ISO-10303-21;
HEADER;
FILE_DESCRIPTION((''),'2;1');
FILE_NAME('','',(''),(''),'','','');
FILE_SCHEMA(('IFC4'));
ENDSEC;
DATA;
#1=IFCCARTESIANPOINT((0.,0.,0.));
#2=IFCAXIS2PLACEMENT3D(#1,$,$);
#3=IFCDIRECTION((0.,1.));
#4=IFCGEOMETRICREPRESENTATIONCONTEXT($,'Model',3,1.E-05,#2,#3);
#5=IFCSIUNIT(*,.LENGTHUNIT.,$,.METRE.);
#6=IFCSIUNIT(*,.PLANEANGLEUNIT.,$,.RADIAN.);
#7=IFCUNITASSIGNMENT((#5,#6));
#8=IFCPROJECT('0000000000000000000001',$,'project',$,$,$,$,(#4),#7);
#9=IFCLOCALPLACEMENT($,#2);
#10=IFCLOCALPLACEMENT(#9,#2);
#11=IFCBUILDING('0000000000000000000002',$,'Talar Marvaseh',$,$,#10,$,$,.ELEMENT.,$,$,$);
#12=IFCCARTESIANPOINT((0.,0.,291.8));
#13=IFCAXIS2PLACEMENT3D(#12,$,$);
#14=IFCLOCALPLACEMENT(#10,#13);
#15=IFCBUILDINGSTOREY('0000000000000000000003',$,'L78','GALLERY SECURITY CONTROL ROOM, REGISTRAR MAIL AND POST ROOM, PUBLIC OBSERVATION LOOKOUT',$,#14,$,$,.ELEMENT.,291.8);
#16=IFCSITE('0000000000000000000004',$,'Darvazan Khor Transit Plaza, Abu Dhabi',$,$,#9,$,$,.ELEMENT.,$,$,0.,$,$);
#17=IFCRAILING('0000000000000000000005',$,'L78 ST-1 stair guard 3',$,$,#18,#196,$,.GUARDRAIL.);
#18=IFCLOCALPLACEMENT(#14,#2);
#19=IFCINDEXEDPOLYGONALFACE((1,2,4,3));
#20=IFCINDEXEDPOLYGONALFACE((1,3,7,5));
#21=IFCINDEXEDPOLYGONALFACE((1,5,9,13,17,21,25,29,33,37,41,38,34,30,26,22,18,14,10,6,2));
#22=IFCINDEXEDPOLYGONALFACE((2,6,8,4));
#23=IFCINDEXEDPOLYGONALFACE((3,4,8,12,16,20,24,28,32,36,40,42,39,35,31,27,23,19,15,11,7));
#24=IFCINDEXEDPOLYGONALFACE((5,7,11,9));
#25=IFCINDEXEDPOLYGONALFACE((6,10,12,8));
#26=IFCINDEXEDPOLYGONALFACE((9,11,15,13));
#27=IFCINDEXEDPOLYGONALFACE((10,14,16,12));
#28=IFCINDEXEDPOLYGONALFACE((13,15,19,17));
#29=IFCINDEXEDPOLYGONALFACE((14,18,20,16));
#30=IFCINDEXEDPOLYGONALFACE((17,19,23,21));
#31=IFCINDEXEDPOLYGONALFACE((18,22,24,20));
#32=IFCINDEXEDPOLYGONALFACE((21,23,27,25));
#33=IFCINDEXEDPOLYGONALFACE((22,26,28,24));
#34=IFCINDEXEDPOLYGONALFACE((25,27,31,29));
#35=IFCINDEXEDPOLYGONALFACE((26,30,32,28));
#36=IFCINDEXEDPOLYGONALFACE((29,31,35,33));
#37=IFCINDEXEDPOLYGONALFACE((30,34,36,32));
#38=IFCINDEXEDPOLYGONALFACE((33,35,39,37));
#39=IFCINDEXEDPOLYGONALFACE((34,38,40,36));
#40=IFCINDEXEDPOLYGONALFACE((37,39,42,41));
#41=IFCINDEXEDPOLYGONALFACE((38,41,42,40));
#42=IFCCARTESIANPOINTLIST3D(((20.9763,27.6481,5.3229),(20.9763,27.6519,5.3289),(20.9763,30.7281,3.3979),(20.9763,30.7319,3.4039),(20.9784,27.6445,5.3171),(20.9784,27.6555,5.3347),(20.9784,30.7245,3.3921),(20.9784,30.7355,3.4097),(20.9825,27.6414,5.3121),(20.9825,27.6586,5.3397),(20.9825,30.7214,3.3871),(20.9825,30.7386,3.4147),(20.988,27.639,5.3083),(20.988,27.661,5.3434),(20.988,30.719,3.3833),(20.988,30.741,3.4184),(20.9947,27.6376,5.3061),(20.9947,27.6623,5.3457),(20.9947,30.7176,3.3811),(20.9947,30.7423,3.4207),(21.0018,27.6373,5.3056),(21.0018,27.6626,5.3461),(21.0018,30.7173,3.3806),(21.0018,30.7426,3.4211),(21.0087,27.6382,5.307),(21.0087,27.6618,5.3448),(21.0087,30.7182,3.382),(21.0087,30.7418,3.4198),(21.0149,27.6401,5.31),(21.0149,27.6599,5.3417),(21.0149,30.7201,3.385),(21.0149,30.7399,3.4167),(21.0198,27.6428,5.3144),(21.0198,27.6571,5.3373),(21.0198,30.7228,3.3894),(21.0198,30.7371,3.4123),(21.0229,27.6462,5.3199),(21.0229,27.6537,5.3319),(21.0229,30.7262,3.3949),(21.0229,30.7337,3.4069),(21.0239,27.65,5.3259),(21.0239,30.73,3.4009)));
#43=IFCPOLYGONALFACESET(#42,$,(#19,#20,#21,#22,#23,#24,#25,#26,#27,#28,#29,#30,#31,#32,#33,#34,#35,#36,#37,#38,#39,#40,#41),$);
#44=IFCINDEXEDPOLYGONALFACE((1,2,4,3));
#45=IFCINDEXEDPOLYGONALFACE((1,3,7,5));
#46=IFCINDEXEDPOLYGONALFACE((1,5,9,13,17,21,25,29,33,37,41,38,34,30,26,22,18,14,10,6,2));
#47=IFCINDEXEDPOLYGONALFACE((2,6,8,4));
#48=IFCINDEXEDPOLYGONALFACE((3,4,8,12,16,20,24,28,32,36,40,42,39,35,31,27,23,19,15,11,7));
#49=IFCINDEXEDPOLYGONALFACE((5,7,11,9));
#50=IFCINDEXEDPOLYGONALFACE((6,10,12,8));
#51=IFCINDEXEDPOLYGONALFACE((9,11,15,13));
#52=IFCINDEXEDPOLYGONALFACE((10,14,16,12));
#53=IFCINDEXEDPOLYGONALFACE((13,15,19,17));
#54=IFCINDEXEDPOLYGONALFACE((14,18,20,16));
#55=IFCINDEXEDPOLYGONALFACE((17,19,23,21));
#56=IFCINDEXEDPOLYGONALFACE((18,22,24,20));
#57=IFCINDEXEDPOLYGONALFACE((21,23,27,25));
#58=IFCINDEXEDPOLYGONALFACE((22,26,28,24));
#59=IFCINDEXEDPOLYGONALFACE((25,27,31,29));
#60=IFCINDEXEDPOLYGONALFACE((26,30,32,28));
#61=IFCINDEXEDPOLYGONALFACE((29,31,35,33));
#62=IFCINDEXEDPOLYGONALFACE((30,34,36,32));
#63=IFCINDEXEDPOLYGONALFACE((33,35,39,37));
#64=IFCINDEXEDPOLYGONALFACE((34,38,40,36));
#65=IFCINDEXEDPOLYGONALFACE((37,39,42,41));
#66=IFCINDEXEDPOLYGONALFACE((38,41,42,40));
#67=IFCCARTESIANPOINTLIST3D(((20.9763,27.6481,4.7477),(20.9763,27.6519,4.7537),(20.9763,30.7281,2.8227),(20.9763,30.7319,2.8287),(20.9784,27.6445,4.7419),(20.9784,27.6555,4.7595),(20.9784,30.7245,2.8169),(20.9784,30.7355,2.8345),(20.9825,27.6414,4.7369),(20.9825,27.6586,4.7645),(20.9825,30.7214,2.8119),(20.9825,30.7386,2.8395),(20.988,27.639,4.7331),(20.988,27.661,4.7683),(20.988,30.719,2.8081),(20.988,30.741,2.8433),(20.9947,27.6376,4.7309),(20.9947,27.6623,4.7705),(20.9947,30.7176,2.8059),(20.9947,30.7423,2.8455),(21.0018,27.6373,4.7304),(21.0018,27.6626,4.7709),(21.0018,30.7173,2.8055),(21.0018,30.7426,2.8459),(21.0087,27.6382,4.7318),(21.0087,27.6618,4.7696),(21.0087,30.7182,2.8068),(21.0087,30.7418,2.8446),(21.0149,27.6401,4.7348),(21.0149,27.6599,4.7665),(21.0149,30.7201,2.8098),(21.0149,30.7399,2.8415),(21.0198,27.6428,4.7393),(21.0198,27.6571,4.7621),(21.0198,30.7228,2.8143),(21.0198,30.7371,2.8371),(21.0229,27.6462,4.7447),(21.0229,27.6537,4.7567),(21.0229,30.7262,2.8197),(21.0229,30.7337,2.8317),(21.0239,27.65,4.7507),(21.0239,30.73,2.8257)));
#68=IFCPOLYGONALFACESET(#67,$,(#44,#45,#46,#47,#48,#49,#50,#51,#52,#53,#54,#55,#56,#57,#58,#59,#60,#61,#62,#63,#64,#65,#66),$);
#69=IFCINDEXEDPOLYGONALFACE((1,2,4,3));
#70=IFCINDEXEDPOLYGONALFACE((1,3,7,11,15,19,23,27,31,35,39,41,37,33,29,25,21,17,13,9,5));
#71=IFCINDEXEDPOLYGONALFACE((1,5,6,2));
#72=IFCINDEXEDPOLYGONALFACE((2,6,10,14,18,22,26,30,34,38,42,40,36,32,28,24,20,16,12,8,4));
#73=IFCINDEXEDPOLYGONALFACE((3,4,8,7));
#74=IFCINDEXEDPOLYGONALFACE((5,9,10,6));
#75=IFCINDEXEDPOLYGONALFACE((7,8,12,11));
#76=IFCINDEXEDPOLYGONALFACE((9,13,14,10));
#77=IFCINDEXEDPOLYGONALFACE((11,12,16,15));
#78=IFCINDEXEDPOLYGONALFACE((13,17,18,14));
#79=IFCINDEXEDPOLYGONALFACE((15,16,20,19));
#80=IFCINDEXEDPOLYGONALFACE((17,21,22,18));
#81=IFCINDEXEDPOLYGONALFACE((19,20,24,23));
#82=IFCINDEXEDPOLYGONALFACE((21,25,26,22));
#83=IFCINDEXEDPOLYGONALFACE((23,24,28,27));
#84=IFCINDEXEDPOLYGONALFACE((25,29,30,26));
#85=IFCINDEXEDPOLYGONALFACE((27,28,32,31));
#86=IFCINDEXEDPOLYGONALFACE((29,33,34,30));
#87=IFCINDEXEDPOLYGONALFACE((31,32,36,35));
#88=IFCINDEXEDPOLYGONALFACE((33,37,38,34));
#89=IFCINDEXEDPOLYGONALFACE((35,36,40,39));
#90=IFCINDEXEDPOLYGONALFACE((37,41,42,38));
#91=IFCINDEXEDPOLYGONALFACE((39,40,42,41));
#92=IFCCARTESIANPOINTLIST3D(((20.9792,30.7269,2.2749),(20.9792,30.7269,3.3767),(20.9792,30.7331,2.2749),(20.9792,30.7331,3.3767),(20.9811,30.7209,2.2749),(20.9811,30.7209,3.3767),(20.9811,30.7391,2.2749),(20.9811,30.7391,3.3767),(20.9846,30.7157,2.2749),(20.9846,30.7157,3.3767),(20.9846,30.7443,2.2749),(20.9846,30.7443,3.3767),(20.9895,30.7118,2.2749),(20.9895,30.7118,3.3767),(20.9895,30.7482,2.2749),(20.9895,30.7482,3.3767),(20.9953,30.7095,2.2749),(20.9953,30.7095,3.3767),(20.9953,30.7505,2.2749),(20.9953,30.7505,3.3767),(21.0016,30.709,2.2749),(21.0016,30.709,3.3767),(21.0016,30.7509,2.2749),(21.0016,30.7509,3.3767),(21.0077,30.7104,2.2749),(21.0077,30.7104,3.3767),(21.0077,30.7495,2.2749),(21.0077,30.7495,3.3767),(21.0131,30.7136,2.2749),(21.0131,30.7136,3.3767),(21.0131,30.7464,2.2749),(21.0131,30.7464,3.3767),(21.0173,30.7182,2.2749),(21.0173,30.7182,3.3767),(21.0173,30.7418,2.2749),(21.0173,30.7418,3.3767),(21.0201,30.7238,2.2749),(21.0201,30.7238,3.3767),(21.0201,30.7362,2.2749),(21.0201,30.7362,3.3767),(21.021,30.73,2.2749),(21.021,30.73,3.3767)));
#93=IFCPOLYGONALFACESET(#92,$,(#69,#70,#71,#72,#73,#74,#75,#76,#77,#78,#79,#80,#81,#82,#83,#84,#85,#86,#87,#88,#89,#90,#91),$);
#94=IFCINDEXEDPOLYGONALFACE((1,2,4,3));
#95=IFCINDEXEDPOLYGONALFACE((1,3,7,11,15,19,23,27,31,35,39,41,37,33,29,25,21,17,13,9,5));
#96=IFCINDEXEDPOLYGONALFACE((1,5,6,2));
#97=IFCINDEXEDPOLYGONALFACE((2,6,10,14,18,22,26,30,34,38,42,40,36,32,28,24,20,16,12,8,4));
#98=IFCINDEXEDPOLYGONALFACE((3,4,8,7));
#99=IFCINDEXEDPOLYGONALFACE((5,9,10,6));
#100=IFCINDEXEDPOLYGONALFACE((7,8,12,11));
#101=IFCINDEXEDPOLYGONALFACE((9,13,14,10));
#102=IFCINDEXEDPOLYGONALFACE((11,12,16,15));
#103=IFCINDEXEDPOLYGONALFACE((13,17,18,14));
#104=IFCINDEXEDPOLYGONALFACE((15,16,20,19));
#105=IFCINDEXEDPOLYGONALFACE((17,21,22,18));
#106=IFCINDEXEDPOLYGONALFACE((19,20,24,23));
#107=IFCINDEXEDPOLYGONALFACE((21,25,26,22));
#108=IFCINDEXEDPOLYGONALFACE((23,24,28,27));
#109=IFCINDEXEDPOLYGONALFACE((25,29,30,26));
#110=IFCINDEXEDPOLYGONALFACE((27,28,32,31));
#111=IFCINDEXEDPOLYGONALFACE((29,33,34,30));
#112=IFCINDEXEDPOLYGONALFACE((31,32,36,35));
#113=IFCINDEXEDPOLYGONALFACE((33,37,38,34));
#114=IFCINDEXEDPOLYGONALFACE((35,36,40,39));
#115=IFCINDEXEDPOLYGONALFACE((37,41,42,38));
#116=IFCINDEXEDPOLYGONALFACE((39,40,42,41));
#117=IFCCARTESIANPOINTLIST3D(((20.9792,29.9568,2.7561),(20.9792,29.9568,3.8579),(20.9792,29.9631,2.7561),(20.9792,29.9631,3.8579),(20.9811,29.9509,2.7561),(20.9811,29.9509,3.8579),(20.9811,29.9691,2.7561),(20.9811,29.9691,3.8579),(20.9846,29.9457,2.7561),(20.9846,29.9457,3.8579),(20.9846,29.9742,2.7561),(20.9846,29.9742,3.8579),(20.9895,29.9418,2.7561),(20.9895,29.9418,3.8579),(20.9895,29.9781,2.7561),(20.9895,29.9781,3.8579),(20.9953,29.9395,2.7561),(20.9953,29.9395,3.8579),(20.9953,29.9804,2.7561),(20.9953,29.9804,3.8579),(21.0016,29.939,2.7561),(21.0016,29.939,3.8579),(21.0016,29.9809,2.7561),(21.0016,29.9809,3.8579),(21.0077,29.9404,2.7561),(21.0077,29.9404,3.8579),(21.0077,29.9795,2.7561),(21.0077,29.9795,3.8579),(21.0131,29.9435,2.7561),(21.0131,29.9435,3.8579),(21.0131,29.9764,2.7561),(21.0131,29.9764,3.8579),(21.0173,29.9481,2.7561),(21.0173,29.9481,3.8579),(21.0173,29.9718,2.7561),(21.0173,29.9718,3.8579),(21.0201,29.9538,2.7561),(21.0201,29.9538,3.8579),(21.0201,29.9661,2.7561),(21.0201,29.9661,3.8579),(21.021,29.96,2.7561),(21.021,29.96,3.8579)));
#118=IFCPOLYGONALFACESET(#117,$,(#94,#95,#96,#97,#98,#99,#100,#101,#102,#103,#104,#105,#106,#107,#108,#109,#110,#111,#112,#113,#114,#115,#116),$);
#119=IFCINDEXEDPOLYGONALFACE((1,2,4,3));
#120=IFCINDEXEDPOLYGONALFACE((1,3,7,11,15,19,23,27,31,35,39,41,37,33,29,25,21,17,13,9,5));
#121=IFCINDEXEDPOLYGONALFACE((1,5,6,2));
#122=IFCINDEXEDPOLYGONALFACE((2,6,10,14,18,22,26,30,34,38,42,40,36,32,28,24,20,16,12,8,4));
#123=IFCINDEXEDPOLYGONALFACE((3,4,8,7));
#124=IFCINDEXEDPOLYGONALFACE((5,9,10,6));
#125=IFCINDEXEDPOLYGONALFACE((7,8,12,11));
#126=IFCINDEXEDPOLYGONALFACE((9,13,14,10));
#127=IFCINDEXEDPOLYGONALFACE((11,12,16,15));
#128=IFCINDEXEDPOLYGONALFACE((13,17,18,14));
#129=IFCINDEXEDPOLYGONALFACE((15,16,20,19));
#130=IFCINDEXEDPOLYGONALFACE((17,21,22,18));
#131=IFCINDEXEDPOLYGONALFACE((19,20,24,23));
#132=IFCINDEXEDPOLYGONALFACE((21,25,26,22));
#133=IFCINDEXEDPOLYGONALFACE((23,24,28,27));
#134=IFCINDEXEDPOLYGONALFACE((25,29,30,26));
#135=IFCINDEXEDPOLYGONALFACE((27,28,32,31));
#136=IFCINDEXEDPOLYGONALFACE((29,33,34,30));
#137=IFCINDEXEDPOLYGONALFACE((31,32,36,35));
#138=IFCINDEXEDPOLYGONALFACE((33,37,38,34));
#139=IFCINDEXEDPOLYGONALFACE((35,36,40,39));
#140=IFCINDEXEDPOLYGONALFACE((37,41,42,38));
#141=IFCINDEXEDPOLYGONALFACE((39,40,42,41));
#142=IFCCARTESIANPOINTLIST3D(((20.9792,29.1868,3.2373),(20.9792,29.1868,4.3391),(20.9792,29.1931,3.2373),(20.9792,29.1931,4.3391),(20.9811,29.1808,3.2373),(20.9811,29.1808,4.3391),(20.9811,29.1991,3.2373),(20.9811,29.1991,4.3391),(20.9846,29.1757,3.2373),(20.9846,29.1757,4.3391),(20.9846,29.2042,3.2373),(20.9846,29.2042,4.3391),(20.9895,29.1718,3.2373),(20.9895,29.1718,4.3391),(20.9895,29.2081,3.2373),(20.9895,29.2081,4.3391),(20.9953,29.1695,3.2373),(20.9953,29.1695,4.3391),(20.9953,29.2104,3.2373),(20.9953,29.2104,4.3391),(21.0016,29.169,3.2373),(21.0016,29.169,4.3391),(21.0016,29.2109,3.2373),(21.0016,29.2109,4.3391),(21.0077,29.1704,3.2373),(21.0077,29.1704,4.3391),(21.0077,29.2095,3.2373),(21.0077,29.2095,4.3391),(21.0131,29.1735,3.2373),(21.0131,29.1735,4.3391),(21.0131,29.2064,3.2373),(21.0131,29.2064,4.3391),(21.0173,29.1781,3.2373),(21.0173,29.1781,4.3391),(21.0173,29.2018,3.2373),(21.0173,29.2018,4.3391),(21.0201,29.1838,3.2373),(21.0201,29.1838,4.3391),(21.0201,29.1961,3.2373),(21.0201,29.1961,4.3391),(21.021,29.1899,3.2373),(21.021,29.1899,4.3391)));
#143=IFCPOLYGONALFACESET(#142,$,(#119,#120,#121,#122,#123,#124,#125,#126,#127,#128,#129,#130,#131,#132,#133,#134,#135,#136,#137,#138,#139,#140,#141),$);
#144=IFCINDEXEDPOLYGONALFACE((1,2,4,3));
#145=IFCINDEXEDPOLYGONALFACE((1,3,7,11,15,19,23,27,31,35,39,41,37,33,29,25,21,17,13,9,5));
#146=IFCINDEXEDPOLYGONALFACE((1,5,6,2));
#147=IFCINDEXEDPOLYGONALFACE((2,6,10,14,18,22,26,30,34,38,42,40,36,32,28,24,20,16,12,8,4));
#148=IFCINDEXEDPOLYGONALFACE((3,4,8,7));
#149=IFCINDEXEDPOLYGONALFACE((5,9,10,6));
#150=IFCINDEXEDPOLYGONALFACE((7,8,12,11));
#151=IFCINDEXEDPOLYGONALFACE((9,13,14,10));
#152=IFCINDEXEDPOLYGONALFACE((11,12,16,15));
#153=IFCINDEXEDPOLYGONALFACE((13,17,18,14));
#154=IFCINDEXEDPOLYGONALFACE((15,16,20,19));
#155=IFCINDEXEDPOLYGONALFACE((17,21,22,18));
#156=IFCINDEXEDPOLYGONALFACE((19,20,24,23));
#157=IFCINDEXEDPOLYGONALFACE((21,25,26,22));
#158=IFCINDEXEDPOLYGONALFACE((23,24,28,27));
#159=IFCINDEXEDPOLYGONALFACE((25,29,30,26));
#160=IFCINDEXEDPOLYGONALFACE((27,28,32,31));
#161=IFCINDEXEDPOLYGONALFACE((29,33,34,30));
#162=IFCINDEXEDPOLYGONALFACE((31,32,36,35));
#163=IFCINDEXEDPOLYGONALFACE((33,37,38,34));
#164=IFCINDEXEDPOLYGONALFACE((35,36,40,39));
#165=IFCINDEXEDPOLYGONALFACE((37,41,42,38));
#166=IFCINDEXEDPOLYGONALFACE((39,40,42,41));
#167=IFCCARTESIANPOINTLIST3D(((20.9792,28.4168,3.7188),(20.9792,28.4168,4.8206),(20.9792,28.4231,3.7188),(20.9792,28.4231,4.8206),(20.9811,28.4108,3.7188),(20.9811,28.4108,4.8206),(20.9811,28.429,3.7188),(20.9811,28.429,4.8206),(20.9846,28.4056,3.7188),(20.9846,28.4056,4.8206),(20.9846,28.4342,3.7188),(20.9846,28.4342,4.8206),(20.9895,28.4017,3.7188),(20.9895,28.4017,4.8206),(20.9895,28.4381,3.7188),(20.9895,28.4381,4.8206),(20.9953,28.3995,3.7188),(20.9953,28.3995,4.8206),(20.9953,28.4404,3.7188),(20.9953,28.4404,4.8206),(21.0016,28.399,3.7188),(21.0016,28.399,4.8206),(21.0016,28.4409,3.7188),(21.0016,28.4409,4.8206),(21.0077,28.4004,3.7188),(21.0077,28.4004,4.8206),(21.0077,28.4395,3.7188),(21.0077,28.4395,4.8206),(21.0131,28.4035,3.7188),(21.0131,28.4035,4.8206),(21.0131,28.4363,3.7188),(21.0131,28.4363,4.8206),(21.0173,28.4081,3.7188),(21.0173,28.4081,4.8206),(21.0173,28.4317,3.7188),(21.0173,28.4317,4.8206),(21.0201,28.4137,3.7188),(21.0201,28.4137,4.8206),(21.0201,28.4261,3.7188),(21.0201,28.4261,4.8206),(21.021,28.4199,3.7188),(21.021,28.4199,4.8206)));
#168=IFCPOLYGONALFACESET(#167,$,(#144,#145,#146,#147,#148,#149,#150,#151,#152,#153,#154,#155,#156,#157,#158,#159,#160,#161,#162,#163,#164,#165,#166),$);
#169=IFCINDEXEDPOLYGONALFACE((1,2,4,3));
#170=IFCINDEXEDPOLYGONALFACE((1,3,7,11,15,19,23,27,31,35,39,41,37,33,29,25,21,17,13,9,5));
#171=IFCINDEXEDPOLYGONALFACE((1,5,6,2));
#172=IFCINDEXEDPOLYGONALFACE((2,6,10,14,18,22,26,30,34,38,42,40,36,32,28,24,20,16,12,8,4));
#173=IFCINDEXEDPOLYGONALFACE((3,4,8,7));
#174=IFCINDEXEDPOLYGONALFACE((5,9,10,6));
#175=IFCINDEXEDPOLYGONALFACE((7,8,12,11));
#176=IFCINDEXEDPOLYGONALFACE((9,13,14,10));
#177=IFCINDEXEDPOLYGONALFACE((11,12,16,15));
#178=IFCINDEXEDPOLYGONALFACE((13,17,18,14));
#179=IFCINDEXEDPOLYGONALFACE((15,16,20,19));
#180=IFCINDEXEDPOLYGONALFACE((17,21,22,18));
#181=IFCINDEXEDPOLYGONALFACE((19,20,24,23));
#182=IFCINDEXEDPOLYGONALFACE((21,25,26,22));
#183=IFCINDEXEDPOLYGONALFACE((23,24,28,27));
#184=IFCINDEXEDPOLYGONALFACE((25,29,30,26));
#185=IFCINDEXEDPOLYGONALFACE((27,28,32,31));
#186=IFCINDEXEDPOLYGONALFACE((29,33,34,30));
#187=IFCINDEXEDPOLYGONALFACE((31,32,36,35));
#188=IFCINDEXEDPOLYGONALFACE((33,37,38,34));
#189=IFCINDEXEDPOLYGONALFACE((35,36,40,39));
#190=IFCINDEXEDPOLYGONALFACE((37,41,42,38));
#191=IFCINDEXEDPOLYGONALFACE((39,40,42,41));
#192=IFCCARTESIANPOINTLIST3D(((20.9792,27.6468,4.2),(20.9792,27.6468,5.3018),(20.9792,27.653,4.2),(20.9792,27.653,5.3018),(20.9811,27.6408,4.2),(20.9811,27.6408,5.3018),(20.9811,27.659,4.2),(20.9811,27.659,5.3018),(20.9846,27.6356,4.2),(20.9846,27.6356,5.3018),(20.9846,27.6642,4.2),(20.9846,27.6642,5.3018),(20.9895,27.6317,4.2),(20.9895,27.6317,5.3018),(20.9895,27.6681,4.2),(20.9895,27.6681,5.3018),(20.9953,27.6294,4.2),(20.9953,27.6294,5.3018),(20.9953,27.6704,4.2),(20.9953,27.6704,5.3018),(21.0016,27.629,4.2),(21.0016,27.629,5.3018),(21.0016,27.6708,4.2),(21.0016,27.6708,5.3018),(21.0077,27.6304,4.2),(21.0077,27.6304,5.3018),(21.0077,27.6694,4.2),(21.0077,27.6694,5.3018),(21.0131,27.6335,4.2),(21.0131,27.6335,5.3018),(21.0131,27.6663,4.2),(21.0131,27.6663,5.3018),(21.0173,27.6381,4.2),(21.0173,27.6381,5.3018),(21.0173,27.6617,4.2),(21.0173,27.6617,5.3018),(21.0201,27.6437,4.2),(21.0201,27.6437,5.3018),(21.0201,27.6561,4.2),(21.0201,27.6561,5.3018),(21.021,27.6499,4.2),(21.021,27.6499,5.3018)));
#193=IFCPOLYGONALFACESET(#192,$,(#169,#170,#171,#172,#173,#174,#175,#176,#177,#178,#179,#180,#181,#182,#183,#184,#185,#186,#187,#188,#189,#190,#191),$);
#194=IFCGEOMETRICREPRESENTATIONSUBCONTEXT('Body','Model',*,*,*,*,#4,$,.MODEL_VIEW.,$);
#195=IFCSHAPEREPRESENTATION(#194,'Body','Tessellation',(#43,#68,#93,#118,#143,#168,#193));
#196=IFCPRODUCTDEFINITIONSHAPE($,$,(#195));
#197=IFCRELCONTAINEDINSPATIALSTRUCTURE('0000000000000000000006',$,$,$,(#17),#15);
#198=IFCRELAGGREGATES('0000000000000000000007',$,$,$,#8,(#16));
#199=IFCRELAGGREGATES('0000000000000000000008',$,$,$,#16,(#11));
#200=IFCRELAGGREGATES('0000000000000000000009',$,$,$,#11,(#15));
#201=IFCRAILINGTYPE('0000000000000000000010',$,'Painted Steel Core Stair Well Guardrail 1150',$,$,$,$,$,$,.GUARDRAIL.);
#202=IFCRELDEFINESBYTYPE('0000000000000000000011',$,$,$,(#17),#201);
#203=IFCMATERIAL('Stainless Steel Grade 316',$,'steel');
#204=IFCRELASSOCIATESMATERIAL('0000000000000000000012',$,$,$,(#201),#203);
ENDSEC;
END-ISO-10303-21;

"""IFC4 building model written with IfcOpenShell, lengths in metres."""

from ifc_helpers import new_model, si_unit, direction, frame, origin, origin_2d, place, context, subcontext, project, spatial, circle, extrude, material, type_object, element, save


model = new_model("IFC4")

# Units and contexts
model_context = context("Model", 3, precision=1e-05, world=origin(), true_north=direction((0.0, 1.0)))
body_context = subcontext(model_context, "Body", "Model", "MODEL_VIEW")
ifc_project = project(units=[si_unit("LENGTHUNIT", "METRE"), si_unit("PLANEANGLEUNIT", "RADIAN")], contexts=[model_context])

# Site, building, storey
site_placement = place(None, origin())
site = spatial("IfcSite", under=ifc_project, at=site_placement, Name="Darvazan Khor Transit Plaza, Abu Dhabi", CompositionType="ELEMENT", RefElevation=0.0)
building_placement = place(site_placement, origin())
building = spatial("IfcBuilding", under=site, at=building_placement, Name="Talar Marvaseh", CompositionType="ELEMENT")
storey_placement = place(building_placement, frame((0.0, 0.0, 291.8)))
storey = spatial("IfcBuildingStorey", under=building, at=storey_placement, Name="L78", Description="GALLERY SECURITY CONTROL ROOM, REGISTRAR MAIL AND POST ROOM, PUBLIC OBSERVATION LOOKOUT", CompositionType="ELEMENT", Elevation=291.8)

# Railing
ifc_material_1 = material(Name="Stainless Steel Grade 316", Category="steel")
railing_type_1 = type_object("IfcRailingType", Name="Painted Steel Core Stair Well Guardrail 1150", PredefinedType="GUARDRAIL", material=ifc_material_1)
railing_1_placement = place(storey_placement, frame((21.0, 30.73, 2.2749)))
element("IfcRailing", 1, at=railing_1_placement, inside=storey, type_object=railing_type_1, Name="L78 ST-1 stair guard 3", PredefinedType="GUARDRAIL", context=body_context, shape_type="SweptSolid", body=[
    extrude(circle(Radius=0.0239, at=origin_2d()), frame((0.0, 0.0, 1.126), z_axis=(0.0, -0.847998, 0.529999), x_axis=(1.0, 0.0, 0.0)), (0.0, 0.0, 1.0), 3.6321),
    extrude(circle(Radius=0.0239, at=origin_2d()), frame((0.0, 0.0, 0.5508), z_axis=(0.0, -0.847998, 0.529999), x_axis=(1.0, 0.0, 0.0)), (0.0, 0.0, 1.0), 3.6321),
    extrude(circle(Radius=0.021, at=origin_2d()), origin(), (0.0, 0.0, 1.0), 1.1018),
    extrude(circle(Radius=0.021, at=origin_2d()), frame((0.0, -0.77, 0.4812)), (0.0, 0.0, 1.0), 1.1018),
    extrude(circle(Radius=0.021, at=origin_2d()), frame((0.0, -1.54, 0.9624)), (0.0, 0.0, 1.0), 1.1018),
    extrude(circle(Radius=0.021, at=origin_2d()), frame((0.0, -2.3101, 1.4438)), (0.0, 0.0, 1.0), 1.1018),
    extrude(circle(Radius=0.021, at=origin_2d()), frame((0.0, -3.0801, 1.925)), (0.0, 0.0, 1.0), 1.1018),
])

save(model, "model.ifc")
